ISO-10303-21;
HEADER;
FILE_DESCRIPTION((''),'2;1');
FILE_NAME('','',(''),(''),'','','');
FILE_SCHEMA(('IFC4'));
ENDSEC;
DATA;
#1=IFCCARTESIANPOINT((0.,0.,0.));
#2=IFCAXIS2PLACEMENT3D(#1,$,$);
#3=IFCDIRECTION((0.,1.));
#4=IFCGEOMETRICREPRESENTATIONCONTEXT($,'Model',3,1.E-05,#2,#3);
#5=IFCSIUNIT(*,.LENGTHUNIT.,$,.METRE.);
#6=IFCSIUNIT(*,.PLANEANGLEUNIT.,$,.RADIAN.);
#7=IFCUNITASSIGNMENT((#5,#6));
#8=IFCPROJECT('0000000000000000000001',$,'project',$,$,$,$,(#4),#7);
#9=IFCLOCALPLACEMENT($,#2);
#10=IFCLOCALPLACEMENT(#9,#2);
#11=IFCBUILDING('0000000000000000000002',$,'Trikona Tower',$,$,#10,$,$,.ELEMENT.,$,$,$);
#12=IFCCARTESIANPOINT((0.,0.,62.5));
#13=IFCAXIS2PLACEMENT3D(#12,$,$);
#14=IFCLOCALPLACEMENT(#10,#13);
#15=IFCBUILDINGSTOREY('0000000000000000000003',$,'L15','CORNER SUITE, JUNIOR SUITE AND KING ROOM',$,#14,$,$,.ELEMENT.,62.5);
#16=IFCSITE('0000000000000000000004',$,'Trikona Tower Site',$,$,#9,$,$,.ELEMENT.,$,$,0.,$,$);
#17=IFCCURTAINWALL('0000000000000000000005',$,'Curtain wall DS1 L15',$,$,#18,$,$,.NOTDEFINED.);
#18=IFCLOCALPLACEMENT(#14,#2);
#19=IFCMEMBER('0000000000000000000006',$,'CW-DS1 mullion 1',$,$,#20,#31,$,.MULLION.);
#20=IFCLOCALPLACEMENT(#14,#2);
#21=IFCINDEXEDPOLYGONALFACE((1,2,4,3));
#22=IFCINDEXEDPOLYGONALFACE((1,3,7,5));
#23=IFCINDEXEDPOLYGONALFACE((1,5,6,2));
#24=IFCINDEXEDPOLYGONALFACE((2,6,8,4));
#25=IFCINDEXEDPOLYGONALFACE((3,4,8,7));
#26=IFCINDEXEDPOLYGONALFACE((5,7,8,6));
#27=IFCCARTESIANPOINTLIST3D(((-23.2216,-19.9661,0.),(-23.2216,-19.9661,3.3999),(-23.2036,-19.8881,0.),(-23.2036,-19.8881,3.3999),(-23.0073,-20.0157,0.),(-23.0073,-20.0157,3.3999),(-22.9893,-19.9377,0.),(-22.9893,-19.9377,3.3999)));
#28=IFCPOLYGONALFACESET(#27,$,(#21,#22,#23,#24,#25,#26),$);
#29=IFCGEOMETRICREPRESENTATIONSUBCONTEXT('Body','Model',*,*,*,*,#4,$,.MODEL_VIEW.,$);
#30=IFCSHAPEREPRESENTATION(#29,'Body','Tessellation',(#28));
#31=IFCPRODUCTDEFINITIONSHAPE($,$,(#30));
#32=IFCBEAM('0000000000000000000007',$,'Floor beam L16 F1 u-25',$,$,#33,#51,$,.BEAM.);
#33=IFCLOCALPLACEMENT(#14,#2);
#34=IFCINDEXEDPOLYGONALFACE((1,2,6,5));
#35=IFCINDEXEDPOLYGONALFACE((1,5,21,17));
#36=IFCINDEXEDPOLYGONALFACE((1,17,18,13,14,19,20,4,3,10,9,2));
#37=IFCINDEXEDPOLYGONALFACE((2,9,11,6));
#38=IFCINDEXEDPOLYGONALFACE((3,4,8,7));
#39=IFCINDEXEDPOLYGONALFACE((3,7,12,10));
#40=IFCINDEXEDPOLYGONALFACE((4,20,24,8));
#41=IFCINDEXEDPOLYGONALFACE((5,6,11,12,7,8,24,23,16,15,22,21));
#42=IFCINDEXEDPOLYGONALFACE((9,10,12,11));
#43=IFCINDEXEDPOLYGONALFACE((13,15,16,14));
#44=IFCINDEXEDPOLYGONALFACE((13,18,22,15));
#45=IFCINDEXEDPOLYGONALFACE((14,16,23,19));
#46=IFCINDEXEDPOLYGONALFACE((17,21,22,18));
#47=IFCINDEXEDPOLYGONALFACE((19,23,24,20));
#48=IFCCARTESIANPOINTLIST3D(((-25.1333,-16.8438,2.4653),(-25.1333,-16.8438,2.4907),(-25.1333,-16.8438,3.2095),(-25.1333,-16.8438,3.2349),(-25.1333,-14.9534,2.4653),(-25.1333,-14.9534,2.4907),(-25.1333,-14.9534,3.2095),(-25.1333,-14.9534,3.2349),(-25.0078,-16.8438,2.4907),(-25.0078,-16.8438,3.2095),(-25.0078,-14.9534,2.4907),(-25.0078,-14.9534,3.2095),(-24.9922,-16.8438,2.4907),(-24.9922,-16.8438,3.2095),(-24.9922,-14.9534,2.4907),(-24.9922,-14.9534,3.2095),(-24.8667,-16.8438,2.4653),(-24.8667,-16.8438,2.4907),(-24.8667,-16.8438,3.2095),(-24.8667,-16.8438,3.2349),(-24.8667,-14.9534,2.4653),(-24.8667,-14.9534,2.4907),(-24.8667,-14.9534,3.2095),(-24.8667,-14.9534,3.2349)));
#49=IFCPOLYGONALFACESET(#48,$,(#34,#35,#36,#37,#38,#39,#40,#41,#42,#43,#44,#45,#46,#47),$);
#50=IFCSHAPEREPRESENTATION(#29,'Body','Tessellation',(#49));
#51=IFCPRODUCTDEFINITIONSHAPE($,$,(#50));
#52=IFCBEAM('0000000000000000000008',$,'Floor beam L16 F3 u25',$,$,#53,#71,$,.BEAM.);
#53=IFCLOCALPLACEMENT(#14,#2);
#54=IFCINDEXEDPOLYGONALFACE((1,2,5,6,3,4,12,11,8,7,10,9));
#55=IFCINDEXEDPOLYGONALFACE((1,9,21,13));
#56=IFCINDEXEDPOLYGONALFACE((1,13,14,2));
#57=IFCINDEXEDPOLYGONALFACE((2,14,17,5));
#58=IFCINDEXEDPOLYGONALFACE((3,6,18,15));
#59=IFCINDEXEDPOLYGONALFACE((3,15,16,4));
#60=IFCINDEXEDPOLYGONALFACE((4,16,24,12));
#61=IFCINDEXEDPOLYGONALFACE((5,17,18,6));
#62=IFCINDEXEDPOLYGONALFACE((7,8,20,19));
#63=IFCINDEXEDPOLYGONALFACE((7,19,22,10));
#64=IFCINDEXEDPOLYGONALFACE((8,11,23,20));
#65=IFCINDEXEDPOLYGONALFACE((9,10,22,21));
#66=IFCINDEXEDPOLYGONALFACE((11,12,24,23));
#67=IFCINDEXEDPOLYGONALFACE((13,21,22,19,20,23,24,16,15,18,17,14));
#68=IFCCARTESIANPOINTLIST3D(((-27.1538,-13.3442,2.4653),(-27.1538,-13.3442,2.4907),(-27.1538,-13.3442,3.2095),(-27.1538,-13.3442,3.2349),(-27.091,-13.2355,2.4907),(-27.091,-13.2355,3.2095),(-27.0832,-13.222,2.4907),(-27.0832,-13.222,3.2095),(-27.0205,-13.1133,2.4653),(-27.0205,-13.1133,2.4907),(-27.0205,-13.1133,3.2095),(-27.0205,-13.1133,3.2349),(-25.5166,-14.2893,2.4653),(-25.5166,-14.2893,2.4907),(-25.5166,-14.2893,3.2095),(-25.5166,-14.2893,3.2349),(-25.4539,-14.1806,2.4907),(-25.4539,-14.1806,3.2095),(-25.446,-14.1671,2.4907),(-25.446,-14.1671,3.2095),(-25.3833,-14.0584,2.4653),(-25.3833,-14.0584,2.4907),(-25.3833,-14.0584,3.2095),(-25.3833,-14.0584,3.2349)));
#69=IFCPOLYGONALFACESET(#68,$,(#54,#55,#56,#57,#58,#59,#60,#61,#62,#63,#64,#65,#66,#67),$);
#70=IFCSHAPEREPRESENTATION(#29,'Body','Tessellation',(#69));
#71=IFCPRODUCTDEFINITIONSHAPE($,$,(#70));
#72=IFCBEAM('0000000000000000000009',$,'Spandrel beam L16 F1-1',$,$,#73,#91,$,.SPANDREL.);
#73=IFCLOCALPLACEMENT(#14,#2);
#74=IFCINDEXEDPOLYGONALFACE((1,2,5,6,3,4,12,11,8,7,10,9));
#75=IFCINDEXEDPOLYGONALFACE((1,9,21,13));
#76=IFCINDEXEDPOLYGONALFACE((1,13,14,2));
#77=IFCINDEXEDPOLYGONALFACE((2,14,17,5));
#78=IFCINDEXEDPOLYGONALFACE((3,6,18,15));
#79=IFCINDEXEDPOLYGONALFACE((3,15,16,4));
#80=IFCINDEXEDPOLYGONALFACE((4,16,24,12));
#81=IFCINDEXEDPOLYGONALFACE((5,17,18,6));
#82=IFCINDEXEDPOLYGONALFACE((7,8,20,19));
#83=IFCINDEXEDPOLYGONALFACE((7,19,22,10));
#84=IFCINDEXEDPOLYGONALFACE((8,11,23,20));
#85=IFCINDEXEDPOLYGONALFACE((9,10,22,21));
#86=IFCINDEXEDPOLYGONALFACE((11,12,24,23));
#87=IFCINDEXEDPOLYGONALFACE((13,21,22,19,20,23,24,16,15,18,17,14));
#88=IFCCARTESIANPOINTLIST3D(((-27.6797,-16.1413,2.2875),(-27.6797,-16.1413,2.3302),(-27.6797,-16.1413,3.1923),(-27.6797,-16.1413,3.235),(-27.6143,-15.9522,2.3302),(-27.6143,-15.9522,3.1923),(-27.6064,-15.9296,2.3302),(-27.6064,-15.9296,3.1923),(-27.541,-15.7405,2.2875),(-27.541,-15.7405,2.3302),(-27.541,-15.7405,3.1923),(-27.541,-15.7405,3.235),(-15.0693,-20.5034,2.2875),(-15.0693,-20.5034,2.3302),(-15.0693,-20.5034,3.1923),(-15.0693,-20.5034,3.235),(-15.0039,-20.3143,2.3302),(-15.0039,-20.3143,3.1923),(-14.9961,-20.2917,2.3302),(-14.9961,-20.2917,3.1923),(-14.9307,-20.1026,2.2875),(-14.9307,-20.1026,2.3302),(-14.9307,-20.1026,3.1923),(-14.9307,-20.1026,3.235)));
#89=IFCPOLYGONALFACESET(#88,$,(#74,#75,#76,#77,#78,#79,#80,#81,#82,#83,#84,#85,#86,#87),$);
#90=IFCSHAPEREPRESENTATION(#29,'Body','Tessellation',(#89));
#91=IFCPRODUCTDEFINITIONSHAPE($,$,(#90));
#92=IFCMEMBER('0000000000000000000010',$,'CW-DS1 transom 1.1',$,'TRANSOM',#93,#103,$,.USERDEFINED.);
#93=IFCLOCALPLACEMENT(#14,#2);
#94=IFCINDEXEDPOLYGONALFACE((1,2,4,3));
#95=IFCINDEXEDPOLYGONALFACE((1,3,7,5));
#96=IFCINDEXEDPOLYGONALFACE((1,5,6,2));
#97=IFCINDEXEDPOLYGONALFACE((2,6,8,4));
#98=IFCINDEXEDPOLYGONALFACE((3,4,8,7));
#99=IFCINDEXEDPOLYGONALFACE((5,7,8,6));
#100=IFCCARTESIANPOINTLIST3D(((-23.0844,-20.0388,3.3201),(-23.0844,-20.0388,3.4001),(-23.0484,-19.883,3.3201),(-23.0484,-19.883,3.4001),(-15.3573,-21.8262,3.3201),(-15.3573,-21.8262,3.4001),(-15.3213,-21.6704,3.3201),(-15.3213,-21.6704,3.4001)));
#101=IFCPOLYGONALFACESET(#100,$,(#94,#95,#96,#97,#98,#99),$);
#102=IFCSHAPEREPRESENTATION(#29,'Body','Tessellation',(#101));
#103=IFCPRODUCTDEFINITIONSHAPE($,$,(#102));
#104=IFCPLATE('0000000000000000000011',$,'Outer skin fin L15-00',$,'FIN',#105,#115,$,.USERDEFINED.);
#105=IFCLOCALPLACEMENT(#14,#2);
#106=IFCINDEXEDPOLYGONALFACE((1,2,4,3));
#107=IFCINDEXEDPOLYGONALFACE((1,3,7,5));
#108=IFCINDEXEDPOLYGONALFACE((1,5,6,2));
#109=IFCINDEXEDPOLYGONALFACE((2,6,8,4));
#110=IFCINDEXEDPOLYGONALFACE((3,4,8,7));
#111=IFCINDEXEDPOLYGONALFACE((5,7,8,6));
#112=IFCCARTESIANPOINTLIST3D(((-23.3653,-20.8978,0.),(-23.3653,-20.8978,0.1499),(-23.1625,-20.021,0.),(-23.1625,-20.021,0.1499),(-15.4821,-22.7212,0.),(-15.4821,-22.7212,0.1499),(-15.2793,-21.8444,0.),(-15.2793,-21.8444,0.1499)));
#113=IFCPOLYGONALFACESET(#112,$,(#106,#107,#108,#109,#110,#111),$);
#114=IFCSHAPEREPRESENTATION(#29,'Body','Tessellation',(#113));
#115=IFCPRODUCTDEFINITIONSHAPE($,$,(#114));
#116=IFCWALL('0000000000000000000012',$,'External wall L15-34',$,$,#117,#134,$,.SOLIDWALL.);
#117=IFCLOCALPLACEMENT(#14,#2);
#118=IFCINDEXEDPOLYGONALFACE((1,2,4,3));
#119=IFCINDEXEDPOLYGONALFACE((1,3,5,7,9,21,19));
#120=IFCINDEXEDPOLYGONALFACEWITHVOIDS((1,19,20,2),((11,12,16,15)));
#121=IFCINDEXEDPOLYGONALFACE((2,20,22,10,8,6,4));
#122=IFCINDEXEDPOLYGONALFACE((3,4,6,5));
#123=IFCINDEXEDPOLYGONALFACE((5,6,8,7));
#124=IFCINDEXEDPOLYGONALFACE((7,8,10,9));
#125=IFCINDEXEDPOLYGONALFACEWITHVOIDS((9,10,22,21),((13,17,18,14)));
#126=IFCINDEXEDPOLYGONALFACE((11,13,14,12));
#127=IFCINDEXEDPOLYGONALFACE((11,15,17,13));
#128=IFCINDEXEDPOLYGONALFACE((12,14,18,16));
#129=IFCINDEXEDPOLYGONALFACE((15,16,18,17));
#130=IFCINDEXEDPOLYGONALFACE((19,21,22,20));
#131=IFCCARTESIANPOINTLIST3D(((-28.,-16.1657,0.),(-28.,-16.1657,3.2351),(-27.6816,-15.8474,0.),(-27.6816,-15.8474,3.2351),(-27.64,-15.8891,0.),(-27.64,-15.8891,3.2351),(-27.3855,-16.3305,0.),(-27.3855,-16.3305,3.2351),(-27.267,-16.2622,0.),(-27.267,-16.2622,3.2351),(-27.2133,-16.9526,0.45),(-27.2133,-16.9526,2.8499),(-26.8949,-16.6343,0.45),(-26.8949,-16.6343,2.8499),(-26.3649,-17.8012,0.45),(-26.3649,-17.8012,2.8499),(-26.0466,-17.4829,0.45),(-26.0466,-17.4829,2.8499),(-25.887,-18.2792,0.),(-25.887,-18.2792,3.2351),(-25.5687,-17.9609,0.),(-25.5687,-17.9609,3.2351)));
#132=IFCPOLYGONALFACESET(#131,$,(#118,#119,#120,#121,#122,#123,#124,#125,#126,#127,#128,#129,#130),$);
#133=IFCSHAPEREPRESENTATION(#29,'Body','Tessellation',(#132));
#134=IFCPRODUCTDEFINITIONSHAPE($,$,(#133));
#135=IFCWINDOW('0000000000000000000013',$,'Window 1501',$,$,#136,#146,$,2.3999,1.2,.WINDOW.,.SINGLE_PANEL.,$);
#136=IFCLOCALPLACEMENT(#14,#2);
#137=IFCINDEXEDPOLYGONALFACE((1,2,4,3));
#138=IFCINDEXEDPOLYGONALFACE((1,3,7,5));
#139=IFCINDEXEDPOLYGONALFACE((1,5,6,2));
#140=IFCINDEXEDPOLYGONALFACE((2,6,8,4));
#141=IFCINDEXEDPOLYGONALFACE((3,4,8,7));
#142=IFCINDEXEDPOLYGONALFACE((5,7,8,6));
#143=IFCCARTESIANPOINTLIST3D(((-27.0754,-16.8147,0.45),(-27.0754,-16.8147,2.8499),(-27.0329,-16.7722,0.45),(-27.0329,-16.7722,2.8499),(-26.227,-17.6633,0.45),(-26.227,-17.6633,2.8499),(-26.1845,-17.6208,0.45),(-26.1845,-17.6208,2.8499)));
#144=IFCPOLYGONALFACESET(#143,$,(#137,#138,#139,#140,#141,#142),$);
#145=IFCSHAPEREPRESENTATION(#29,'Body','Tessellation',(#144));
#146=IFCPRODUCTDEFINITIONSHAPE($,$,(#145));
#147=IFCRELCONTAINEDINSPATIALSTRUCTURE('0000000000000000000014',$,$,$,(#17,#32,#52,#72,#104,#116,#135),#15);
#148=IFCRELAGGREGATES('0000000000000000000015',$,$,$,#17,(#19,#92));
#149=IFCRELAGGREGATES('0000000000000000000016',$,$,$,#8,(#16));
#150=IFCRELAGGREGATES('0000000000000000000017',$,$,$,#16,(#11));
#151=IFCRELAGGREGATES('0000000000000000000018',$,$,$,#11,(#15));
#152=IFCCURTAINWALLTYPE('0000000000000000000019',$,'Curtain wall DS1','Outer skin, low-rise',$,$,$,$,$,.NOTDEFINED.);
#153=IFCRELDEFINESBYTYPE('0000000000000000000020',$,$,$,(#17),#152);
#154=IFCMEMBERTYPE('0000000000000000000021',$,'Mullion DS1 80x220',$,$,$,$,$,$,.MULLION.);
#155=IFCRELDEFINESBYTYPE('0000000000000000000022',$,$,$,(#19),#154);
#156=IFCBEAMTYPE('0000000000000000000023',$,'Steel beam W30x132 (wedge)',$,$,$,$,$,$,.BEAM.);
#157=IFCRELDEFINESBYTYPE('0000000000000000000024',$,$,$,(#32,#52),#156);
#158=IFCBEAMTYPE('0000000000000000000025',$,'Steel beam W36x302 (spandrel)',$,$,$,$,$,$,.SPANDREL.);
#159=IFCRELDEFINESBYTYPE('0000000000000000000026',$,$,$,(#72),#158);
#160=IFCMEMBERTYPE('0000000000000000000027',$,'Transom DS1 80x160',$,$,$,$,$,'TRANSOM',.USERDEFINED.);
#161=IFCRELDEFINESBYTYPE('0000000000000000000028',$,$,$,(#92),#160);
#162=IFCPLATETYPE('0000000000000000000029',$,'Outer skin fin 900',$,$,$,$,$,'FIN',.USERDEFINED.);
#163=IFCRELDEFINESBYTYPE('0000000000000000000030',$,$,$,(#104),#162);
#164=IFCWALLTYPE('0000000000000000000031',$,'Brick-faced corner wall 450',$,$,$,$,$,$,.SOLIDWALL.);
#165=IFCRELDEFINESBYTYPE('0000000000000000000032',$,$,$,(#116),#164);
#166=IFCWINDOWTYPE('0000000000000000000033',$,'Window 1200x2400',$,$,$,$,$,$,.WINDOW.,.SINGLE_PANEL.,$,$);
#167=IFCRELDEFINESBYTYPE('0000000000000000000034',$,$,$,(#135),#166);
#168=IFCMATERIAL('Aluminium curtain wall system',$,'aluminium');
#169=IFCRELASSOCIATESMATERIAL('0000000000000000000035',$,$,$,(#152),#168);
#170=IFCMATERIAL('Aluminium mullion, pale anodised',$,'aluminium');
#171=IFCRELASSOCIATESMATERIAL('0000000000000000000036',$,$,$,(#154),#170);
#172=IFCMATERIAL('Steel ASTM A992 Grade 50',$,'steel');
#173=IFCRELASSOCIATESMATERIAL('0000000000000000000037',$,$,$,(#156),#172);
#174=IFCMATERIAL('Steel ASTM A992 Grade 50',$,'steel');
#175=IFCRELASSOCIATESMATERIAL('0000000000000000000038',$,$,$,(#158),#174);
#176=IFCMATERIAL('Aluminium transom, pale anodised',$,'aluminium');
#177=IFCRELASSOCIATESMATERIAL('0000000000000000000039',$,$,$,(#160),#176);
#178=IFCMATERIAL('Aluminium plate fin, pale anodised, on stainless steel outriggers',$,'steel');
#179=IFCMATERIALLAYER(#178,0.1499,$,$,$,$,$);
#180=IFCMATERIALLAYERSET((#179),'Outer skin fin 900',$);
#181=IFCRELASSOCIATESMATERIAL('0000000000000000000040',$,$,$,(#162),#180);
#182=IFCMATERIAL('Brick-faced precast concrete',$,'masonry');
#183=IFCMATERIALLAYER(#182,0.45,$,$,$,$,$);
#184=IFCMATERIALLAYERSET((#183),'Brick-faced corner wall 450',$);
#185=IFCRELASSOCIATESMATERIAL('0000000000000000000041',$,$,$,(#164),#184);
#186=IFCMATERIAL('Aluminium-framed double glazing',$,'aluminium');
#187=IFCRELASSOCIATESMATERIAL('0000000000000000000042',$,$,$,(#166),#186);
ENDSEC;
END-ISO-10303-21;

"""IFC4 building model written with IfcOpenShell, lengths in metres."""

from ifc_helpers import new_model, si_unit, direction, frame, frame_2d, origin, origin_2d, place, context, subcontext, project, spatial, polyline, rectangle, i_section, outline, extrude, material, layer, layer_set, material_profile, profile_set, type_object, element, fill, aggregate, save


model = new_model("IFC4")

# Units and contexts
model_context = context("Model", 3, precision=1e-05, world=origin(), true_north=direction((0.0, 1.0)))
body_context = subcontext(model_context, "Body", "Model", "MODEL_VIEW")
ifc_project = project(units=[si_unit("LENGTHUNIT", "METRE"), si_unit("PLANEANGLEUNIT", "RADIAN")], contexts=[model_context])

# Site, building, storey
site_placement = place(None, origin())
site = spatial("IfcSite", under=ifc_project, at=site_placement, Name="Trikona Tower Site", CompositionType="ELEMENT", RefElevation=0.0)
building_placement = place(site_placement, origin())
building = spatial("IfcBuilding", under=site, at=building_placement, Name="Trikona Tower", CompositionType="ELEMENT")
storey_placement = place(building_placement, frame((0.0, 0.0, 62.5)))
storey = spatial("IfcBuildingStorey", under=building, at=storey_placement, Name="L15", Description="CORNER SUITE, JUNIOR SUITE AND KING ROOM", CompositionType="ELEMENT", Elevation=62.5)

# Curtain wall, member
ifc_material_1 = material(Name="Aluminium curtain wall system", Category="aluminium")
curtain_wall_type = type_object("IfcCurtainWallType", Name="Curtain wall DS1", Description="Outer skin, low-rise", PredefinedType="NOTDEFINED", material=ifc_material_1)
curtain_wall_placement = place(storey_placement, origin())
curtain_wall = element("IfcCurtainWall", 1, at=curtain_wall_placement, inside=storey, type_object=curtain_wall_type, Name="Curtain wall DS1 L15", PredefinedType="NOTDEFINED")
ifc_material_2 = material(Name="Aluminium mullion, pale anodised", Category="aluminium")
ifc_material_profile_1 = material_profile(ifc_material_2, rectangle(XDim=0.0801, YDim=0.22, at=origin_2d()), Name="MUL-DS1")
ifc_profile_set_1 = profile_set([ifc_material_profile_1], Name="Aluminium mullion, pale anodised")
member_type_1 = type_object("IfcMemberType", Name="Mullion DS1 80x220", PredefinedType="MULLION", material=ifc_profile_set_1)
member_1_placement = place(storey_placement, frame((-23.1055, -19.9519, 0.0), z_axis=(0.0, 0.0, 1.0), x_axis=(0.225343, 0.974279, 0.0)))
member_1 = element("IfcMember", 2, at=member_1_placement, type_object=member_type_1, Name="CW-DS1 mullion 1", PredefinedType="MULLION", context=body_context, shape_type="SweptSolid", body=[
    extrude(rectangle(XDim=0.0801, YDim=0.22, at=origin_2d()), origin(), (0.0, 0.0, 1.0), 3.3999),
])

# Beams
ifc_material_3 = material(Name="Steel ASTM A992 Grade 50", Category="steel")
ifc_material_profile_2 = material_profile(ifc_material_3, i_section(OverallWidth=0.2666, OverallDepth=0.7695, WebThickness=0.0156, FlangeThickness=0.0254, at=origin_2d()), Name="W30X132")
ifc_profile_set_2 = profile_set([ifc_material_profile_2], Name="Steel ASTM A992 Grade 50")
beam_type_1 = type_object("IfcBeamType", Name="Steel beam W30x132 (wedge)", PredefinedType="BEAM", material=ifc_profile_set_2)
for number, where, z_axis, x_axis, name in (
    (3, (-25.0, -14.9534, 2.8501), (0.0, -1.0, 0.0), (1.0, 0.0, 0.0), "Floor beam L16 F1 u-25"),
    (4, (-25.45, -14.1738, 2.8501), (-0.866065, 0.499931, 0.0), (-0.499931, -0.866065, 0.0), "Floor beam L16 F3 u25"),
):
    element("IfcBeam", number, at=place(storey_placement, frame(where, z_axis=z_axis, x_axis=x_axis)), inside=storey, type_object=beam_type_1, Name=name, PredefinedType="BEAM", context=body_context, shape_type="SweptSolid", body=[
        extrude(i_section(OverallWidth=0.2666, OverallDepth=0.7695, WebThickness=0.0156, FlangeThickness=0.0254, at=origin_2d()), origin(), (0.0, 0.0, 1.0), 1.8904),
    ])
ifc_material_4 = material(Name="Steel ASTM A992 Grade 50", Category="steel")
ifc_material_profile_3 = material_profile(ifc_material_4, i_section(OverallWidth=0.4241, OverallDepth=0.9475, WebThickness=0.0239, FlangeThickness=0.0427, at=origin_2d()), Name="W36X302")
ifc_profile_set_3 = profile_set([ifc_material_profile_3], Name="Steel ASTM A992 Grade 50")
beam_type_2 = type_object("IfcBeamType", Name="Steel beam W36x302 (spandrel)", PredefinedType="SPANDREL", material=ifc_profile_set_3)
beam_placement = place(storey_placement, frame((-27.6104, -15.9409, 2.7612), z_axis=(0.945057, -0.326906, 0.0), x_axis=(0.326906, 0.945057, 0.0)))
element("IfcBeam", 5, at=beam_placement, inside=storey, type_object=beam_type_2, Name="Spandrel beam L16 F1-1", PredefinedType="SPANDREL", context=body_context, shape_type="SweptSolid", body=[
    extrude(i_section(OverallWidth=0.4241, OverallDepth=0.9475, WebThickness=0.0239, FlangeThickness=0.0427, at=origin_2d()), origin(), (0.0, 0.0, 1.0), 13.3435),
])

# Member
ifc_material_5 = material(Name="Aluminium transom, pale anodised", Category="aluminium")
ifc_material_profile_4 = material_profile(ifc_material_5, rectangle(XDim=0.1599, YDim=0.0801, at=origin_2d()), Name="TRN-DS1")
ifc_profile_set_4 = profile_set([ifc_material_profile_4], Name="Aluminium transom, pale anodised")
member_type_2 = type_object("IfcMemberType", Name="Transom DS1 80x160", ElementType="TRANSOM", PredefinedType="USERDEFINED", material=ifc_profile_set_4)
member_2_placement = place(storey_placement, frame((-23.0664, -19.9609, 3.3601), z_axis=(0.974275, -0.225361, 0.0), x_axis=(0.225361, 0.974275, 0.0)))
member_2 = element("IfcMember", 6, at=member_2_placement, type_object=member_type_2, Name="CW-DS1 transom 1.1", ObjectType="TRANSOM", PredefinedType="USERDEFINED", context=body_context, shape_type="SweptSolid", body=[
    extrude(rectangle(XDim=0.1599, YDim=0.0801, at=origin_2d()), origin(), (0.0, 0.0, 1.0), 7.9312),
])
aggregate(curtain_wall, [member_1, member_2])

# Plate
ifc_material_6 = material(Name="Aluminium plate fin, pale anodised, on stainless steel outriggers", Category="steel")
ifc_layer_1 = layer(ifc_material_6, 0.1499)
ifc_layer_set_1 = layer_set([ifc_layer_1], Name="Outer skin fin 900")
plate_type = type_object("IfcPlateType", Name="Outer skin fin 900", ElementType="FIN", PredefinedType="USERDEFINED", material=ifc_layer_set_1)
plate_placement = place(storey_placement, frame((-19.3223, -21.3711, 0.0), z_axis=(0.0, 0.0, 1.0), x_axis=(0.974278, -0.225351, 0.0)))
element("IfcPlate", 7, at=plate_placement, inside=storey, type_object=plate_type, Name="Outer skin fin L15-00", ObjectType="FIN", PredefinedType="USERDEFINED", context=body_context, shape_type="SweptSolid", body=[
    extrude(rectangle(XDim=8.0913, YDim=0.8999, at=origin_2d()), origin(), (0.0, 0.0, 1.0), 0.1499),
])

# Wall, opening, window
ifc_material_7 = material(Name="Brick-faced precast concrete", Category="masonry")
ifc_layer_2 = layer(ifc_material_7, 0.45)
ifc_layer_set_2 = layer_set([ifc_layer_2], Name="Brick-faced corner wall 450")
wall_type_1 = type_object("IfcWallType", Name="Brick-faced corner wall 450", PredefinedType="SOLIDWALL", material=ifc_layer_set_2)
wall_1_placement = place(storey_placement, frame((-27.8408, -16.0066, 0.0), z_axis=(0.0, 0.0, 1.0), x_axis=(0.707025, -0.707188, 0.0)))
wall_1 = element("IfcWall", 8, at=wall_1_placement, inside=storey, type_object=wall_type_1, Name="External wall L15-34", PredefinedType="SOLIDWALL", context=body_context, shape_type="SweptSolid", body=[
    extrude(outline(polyline([(2.9885, 0.2251), (0.5864, 0.2251), (0.551, 0.093), (0.0588, 0.2251), (0.0, 0.2251), (0.0, -0.2251), (2.9885, -0.2251), (2.9885, 0.2251)])), origin(), (0.0, 0.0, 1.0), 3.2351),
])
opening_1_placement = place(wall_1_placement, frame((1.1125, 0.0, 0.45)))
opening_1 = element("IfcOpeningElement", 9, at=opening_1_placement, cuts=wall_1, PredefinedType="OPENING", context=body_context, shape_type="SweptSolid", body=[
    extrude(rectangle(XDim=1.2, YDim=2.3999, at=frame_2d((0.6001, 1.2))), frame((0.0, 0.2349, 0.0), z_axis=(0.0, -1.0, 0.0), x_axis=(1.0, 0.0, 0.0)), (0.0, 0.0, 1.0), 0.47),
])
ifc_material_8 = material(Name="Aluminium-framed double glazing", Category="aluminium")
window_type_1 = type_object("IfcWindowType", Name="Window 1200x2400", PartitioningType="SINGLE_PANEL", PredefinedType="WINDOW", material=ifc_material_8)
window_1_placement = place(opening_1_placement, origin())
window_1 = element("IfcWindow", 10, at=window_1_placement, inside=storey, type_object=window_type_1, Name="Window 1501", OverallHeight=2.3999, OverallWidth=1.2, PartitioningType="SINGLE_PANEL", PredefinedType="WINDOW", context=body_context, shape_type="SweptSolid", body=[
    extrude(rectangle(XDim=1.2, YDim=2.3999, at=frame_2d((0.6001, 1.2))), frame((0.0, 0.03, 0.0), z_axis=(0.0, -1.0, 0.0), x_axis=(1.0, 0.0, 0.0)), (0.0, 0.0, 1.0), 0.0601),
])
fill(opening_1, window_1)

save(model, "model.ifc")
